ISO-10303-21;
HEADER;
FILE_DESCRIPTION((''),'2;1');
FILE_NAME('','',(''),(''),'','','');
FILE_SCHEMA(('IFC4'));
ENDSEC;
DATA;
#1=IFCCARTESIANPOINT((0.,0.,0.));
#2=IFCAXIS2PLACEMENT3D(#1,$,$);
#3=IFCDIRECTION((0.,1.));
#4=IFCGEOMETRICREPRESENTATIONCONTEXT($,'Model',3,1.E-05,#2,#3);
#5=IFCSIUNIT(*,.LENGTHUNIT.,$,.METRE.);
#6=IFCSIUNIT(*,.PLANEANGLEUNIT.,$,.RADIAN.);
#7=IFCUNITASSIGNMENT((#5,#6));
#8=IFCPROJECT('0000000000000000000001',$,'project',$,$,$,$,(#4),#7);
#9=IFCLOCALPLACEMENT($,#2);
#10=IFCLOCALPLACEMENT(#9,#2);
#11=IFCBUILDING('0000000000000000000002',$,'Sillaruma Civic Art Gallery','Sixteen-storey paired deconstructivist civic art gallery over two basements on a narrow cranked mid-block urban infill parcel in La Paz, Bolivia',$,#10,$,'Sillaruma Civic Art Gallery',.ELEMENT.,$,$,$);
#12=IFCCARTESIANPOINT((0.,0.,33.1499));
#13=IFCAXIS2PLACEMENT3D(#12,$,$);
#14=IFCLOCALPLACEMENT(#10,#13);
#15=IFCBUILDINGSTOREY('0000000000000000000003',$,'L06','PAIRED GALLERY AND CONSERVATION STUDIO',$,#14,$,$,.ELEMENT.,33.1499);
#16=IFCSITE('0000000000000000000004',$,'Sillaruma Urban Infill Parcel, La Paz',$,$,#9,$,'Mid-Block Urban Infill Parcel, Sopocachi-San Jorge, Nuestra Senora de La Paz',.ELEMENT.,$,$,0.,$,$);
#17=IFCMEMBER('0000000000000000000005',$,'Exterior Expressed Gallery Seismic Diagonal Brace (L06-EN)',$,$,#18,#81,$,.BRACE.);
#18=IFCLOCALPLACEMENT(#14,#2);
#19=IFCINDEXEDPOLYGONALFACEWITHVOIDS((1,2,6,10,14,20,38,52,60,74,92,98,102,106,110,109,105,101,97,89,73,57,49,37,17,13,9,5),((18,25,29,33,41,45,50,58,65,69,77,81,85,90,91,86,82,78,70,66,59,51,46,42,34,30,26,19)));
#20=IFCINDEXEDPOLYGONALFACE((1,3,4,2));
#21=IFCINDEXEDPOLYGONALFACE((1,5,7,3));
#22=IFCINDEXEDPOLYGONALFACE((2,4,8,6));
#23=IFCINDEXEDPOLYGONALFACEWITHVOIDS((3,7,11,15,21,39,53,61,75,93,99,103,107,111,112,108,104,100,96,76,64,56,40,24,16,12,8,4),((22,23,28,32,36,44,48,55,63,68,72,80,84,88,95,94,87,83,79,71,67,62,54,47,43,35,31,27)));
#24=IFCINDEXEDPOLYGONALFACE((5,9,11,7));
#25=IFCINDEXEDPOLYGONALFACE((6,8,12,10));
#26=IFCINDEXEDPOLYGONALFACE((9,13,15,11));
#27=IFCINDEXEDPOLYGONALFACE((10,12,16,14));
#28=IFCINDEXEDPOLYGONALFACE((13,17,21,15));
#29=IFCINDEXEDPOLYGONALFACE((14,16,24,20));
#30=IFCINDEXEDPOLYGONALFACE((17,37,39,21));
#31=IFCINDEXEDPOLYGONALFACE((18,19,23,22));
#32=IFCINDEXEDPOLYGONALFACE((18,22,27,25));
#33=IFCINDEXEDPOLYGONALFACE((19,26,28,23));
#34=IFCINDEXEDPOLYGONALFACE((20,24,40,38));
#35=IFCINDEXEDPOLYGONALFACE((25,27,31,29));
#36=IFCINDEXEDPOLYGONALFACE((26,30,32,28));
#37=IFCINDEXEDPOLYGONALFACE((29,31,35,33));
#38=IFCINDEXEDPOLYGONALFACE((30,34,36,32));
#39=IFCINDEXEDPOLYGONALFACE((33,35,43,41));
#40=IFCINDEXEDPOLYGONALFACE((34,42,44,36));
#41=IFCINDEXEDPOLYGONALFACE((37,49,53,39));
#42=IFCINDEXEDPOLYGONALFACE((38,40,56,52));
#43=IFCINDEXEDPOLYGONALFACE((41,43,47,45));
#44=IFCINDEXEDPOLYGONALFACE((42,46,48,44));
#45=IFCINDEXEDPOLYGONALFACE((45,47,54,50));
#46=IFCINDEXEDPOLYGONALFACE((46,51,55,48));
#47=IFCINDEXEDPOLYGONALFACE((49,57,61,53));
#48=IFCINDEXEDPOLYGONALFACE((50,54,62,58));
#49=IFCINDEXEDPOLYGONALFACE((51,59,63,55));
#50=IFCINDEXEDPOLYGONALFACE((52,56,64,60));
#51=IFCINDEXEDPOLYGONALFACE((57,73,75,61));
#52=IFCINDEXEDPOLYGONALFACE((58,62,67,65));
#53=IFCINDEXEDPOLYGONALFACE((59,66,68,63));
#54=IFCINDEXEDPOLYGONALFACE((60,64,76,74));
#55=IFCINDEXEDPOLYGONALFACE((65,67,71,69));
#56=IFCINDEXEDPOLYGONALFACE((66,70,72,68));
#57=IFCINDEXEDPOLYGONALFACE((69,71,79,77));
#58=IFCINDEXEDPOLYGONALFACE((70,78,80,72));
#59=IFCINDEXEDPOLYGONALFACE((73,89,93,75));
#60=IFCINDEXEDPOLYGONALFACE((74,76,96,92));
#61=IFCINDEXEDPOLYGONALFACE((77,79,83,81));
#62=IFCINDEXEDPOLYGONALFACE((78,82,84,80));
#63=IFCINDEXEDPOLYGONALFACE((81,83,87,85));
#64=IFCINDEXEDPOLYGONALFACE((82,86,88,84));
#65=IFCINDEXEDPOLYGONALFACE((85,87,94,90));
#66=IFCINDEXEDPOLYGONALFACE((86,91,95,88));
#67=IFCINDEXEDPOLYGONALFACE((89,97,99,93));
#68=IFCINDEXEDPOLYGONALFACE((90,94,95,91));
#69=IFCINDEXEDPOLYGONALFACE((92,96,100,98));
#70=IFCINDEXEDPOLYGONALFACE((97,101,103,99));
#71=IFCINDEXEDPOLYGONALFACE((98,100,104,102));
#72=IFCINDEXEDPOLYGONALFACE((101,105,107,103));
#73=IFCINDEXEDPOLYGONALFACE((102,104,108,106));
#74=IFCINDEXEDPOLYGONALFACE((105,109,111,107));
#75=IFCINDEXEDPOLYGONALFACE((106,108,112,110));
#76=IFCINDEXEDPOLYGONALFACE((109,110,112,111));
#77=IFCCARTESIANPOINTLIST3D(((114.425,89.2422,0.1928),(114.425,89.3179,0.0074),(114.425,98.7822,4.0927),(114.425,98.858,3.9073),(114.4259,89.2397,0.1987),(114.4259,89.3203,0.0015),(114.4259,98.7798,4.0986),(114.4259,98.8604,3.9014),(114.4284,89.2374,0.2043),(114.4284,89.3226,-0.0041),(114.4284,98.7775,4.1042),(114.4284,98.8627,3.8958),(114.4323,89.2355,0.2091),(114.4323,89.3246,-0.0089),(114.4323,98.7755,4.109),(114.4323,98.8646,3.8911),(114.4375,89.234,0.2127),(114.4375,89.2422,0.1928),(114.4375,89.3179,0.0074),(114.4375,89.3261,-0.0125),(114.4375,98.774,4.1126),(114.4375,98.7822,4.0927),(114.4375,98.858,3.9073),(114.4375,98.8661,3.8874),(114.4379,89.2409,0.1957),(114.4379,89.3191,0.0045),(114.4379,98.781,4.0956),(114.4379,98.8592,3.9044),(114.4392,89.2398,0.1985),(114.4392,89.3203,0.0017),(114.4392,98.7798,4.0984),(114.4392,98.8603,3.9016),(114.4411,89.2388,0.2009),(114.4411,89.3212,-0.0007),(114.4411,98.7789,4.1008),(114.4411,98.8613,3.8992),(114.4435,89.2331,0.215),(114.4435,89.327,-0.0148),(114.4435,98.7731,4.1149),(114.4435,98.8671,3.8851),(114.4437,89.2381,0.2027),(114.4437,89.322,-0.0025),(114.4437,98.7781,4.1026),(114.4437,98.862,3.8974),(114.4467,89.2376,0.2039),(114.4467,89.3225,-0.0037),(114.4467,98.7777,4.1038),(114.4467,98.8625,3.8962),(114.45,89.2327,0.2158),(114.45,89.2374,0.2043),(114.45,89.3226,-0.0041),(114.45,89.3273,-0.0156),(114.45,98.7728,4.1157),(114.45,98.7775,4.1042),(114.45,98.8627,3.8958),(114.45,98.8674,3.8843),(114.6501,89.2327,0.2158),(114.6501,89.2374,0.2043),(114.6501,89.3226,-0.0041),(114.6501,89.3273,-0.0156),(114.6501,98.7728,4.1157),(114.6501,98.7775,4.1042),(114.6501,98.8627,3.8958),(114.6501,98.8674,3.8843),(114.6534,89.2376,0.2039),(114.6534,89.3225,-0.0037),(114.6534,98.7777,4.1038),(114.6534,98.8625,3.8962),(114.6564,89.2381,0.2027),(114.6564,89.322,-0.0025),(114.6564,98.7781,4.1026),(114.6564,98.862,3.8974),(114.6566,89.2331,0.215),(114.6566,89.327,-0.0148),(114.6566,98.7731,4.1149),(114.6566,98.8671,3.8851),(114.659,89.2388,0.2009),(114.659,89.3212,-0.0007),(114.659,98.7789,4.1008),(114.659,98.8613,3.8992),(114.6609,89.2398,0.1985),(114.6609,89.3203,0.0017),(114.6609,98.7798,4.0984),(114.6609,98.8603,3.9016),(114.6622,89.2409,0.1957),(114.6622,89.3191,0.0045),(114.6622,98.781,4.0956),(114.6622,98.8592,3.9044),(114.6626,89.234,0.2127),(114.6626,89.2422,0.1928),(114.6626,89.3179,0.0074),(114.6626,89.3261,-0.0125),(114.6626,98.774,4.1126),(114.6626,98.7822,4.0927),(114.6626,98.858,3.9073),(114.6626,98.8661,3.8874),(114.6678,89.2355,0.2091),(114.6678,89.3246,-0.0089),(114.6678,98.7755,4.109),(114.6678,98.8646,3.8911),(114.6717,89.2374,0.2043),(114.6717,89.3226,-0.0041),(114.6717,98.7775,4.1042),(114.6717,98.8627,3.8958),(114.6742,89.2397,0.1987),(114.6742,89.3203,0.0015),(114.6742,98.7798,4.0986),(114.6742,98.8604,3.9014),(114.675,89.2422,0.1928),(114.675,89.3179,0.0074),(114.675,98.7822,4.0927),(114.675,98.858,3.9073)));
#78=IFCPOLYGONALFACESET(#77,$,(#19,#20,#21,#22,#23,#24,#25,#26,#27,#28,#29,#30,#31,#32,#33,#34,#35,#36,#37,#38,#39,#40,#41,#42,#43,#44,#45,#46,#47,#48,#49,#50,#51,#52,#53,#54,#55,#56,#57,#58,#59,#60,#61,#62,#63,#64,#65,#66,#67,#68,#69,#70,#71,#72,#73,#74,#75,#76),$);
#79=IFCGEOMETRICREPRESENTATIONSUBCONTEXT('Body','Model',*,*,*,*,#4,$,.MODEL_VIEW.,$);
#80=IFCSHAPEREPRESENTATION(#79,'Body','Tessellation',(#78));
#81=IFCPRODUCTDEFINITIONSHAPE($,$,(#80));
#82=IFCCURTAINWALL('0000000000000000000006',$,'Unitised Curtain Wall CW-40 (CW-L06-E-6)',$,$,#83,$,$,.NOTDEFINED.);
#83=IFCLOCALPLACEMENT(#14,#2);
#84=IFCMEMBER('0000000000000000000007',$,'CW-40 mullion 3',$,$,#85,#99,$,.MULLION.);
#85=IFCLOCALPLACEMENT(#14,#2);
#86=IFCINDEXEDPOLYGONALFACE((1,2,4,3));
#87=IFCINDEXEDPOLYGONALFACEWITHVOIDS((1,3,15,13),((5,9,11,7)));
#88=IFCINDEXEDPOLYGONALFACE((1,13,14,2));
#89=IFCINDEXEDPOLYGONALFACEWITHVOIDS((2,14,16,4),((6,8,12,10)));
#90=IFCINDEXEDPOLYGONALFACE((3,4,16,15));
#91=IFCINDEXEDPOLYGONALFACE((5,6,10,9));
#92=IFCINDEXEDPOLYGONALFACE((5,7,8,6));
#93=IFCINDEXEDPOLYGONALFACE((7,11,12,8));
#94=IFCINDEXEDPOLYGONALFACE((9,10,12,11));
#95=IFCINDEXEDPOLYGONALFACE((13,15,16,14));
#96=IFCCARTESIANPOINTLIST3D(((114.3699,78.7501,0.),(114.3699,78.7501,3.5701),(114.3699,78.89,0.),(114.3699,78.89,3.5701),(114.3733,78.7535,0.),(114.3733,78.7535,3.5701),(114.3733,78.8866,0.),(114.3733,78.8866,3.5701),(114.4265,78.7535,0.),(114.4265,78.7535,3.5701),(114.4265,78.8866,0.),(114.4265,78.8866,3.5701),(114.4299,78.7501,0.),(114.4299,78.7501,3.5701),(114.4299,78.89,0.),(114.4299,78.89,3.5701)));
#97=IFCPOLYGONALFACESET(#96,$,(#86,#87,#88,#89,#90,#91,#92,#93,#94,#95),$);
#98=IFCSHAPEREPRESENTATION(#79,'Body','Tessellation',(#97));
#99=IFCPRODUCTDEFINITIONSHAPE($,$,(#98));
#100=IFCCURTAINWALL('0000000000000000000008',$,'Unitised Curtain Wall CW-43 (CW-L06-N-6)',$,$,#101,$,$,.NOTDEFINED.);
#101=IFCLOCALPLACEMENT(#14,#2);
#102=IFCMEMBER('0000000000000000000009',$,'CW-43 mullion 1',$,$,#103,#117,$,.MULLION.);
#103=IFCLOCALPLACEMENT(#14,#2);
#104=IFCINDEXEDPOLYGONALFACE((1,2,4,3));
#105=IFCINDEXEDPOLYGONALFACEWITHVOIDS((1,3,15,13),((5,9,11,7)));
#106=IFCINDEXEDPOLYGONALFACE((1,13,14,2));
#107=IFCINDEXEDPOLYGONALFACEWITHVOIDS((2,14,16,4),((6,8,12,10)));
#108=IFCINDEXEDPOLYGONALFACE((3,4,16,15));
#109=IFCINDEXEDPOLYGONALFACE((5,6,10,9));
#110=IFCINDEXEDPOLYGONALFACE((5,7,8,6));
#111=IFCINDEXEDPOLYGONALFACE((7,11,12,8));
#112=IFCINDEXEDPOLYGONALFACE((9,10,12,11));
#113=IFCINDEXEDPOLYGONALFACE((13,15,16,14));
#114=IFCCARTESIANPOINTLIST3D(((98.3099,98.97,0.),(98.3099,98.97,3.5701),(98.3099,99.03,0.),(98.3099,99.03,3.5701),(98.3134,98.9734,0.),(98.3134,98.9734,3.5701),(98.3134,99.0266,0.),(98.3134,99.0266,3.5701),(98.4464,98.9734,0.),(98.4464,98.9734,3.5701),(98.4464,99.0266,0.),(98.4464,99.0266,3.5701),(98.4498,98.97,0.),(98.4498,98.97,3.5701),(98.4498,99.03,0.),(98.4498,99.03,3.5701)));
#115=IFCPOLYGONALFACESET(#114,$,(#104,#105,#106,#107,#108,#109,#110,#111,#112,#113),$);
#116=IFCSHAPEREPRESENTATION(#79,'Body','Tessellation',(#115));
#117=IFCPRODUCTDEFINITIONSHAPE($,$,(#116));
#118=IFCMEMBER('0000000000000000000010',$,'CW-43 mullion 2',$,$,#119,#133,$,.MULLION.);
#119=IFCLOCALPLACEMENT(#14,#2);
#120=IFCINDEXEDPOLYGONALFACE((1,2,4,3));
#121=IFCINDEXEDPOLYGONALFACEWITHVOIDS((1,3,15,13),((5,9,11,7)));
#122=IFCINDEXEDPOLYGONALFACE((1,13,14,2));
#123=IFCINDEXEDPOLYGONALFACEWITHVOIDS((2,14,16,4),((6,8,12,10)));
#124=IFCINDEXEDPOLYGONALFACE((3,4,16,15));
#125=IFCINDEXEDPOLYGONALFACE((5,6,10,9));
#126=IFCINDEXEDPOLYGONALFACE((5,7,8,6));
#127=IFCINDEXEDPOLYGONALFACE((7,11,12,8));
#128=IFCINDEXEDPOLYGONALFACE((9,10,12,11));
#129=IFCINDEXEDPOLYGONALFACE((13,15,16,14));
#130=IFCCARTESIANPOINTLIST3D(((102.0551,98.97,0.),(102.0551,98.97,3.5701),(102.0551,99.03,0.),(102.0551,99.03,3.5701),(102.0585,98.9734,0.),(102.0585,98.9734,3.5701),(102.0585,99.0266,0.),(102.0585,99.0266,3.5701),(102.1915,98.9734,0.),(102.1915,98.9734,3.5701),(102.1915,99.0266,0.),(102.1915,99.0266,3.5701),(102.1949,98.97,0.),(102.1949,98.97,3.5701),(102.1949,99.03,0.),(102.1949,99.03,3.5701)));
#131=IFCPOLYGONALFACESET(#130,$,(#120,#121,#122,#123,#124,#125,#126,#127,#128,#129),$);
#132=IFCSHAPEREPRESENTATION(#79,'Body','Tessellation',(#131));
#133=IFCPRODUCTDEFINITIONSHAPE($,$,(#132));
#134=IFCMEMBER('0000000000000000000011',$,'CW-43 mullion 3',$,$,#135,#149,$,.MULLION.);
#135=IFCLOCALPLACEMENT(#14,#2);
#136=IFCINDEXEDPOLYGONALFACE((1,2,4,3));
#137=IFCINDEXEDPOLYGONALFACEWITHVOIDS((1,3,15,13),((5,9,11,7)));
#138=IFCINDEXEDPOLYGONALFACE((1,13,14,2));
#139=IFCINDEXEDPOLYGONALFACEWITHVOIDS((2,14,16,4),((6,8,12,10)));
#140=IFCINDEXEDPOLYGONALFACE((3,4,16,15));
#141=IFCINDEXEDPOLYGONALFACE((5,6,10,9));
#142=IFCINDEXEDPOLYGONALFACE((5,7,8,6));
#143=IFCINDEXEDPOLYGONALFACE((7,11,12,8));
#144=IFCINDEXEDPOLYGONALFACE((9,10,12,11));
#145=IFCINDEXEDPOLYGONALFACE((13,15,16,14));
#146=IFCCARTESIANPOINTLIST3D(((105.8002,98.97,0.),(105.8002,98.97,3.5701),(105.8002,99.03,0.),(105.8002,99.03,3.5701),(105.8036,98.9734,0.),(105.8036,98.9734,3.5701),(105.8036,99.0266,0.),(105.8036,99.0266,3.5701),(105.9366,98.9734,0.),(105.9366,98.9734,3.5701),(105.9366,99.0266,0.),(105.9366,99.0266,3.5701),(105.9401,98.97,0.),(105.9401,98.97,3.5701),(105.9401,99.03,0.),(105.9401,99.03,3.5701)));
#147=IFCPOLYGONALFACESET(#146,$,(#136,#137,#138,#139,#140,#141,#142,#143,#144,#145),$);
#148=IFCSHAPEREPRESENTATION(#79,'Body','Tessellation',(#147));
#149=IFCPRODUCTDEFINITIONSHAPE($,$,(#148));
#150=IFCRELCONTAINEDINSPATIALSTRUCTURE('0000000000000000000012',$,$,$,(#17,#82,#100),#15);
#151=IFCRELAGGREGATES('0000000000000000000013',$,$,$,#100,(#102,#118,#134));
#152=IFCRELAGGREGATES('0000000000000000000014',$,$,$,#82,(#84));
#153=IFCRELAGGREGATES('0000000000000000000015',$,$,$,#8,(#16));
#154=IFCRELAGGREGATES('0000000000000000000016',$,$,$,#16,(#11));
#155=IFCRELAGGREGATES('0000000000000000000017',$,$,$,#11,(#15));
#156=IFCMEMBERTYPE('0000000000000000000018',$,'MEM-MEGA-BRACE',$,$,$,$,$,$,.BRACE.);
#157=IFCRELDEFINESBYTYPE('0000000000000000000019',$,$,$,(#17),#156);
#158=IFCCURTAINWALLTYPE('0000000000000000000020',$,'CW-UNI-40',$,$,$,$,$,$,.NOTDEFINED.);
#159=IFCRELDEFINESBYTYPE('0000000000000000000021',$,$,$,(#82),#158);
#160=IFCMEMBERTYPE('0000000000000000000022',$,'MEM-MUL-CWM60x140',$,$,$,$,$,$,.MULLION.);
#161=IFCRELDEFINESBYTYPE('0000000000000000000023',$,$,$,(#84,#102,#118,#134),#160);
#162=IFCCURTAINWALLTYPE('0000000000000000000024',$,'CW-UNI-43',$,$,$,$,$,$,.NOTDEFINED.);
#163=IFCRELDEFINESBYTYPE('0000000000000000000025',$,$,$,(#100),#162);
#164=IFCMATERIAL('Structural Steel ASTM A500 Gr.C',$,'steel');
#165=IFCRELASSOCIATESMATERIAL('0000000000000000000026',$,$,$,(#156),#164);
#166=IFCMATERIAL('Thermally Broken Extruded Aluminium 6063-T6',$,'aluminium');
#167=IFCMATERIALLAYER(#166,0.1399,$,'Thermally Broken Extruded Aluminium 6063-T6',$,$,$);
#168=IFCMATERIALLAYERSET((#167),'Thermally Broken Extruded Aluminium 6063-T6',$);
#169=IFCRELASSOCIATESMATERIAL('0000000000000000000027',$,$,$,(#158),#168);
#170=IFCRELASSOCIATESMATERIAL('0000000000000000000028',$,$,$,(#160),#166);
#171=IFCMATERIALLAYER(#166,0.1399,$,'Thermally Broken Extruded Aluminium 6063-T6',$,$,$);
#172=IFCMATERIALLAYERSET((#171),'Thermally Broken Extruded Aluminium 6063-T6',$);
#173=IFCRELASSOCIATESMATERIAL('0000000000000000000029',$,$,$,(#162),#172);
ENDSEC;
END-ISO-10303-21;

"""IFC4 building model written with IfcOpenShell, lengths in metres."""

from ifc_helpers import new_model, si_unit, direction, frame, origin, origin_2d, place, context, subcontext, project, spatial, hollow_rectangle, extrude, material, layer, layer_set, material_profile, profile_set, type_object, element, aggregate, save


model = new_model("IFC4")

# Units and contexts
model_context = context("Model", 3, precision=1e-05, world=origin(), true_north=direction((0.0, 1.0)))
body_context = subcontext(model_context, "Body", "Model", "MODEL_VIEW")
ifc_project = project(units=[si_unit("LENGTHUNIT", "METRE"), si_unit("PLANEANGLEUNIT", "RADIAN")], contexts=[model_context])

# Site, building, storey
site_placement = place(None, origin())
site = spatial("IfcSite", under=ifc_project, at=site_placement, Name="Sillaruma Urban Infill Parcel, La Paz", LongName="Mid-Block Urban Infill Parcel, Sopocachi-San Jorge, Nuestra Senora de La Paz", CompositionType="ELEMENT", RefElevation=0.0)
building_placement = place(site_placement, origin())
building = spatial("IfcBuilding", under=site, at=building_placement, Name="Sillaruma Civic Art Gallery", Description="Sixteen-storey paired deconstructivist civic art gallery over two basements on a narrow cranked mid-block urban infill parcel in La Paz, Bolivia", LongName="Sillaruma Civic Art Gallery", CompositionType="ELEMENT")
storey_placement = place(building_placement, frame((0.0, 0.0, 33.1499)))
storey = spatial("IfcBuildingStorey", under=building, at=storey_placement, Name="L06", Description="PAIRED GALLERY AND CONSERVATION STUDIO", CompositionType="ELEMENT", Elevation=33.1499)

# Member
ifc_material_1 = material(Name="Structural Steel ASTM A500 Gr.C", Category="steel")
ifc_material_profile_1 = material_profile(ifc_material_1, hollow_rectangle(XDim=0.25, YDim=0.25, WallThickness=0.0125, InnerFilletRadius=0.0125, OuterFilletRadius=0.0249, at=origin_2d()), Name="HSS250x250x12.5")
ifc_profile_set_1 = profile_set([ifc_material_profile_1], Name="Structural Steel ASTM A500 Gr.C")
member_type_1 = type_object("IfcMemberType", Name="MEM-MEGA-BRACE", PredefinedType="BRACE", material=ifc_profile_set_1)
member_1_placement = place(storey_placement, frame((114.55, 89.28, 0.1001), z_axis=(0.0, 0.925644, 0.378397), x_axis=(-1.0, 0.0, 0.0)))
element("IfcMember", 1, at=member_1_placement, inside=storey, type_object=member_type_1, Name="Exterior Expressed Gallery Seismic Diagonal Brace (L06-EN)", PredefinedType="BRACE", context=body_context, shape_type="SweptSolid", body=[
    extrude(hollow_rectangle(XDim=0.25, YDim=0.25, WallThickness=0.0125, InnerFilletRadius=0.0125, OuterFilletRadius=0.0249, at=origin_2d()), origin(), (0.0, 0.0, 1.0), 10.3064),
])

# Curtain wall, member
ifc_material_2 = material(Name="Thermally Broken Extruded Aluminium 6063-T6", Category="aluminium")
ifc_layer_1 = layer(ifc_material_2, 0.1399, Name="Thermally Broken Extruded Aluminium 6063-T6")
ifc_layer_set_1 = layer_set([ifc_layer_1], Name="Thermally Broken Extruded Aluminium 6063-T6")
curtain_wall_type_1 = type_object("IfcCurtainWallType", Name="CW-UNI-40", PredefinedType="NOTDEFINED", material=ifc_layer_set_1)
curtain_wall_1_placement = place(storey_placement, origin())
curtain_wall_1 = element("IfcCurtainWall", 2, at=curtain_wall_1_placement, inside=storey, type_object=curtain_wall_type_1, Name="Unitised Curtain Wall CW-40 (CW-L06-E-6)", PredefinedType="NOTDEFINED")
ifc_material_profile_2 = material_profile(ifc_material_2, hollow_rectangle(XDim=0.0601, YDim=0.1399, WallThickness=0.0034, at=origin_2d()), Name="CWM60x140")
ifc_profile_set_2 = profile_set([ifc_material_profile_2], Name="Thermally Broken Extruded Aluminium 6063-T6")
member_type_2 = type_object("IfcMemberType", Name="MEM-MUL-CWM60x140", PredefinedType="MULLION", material=ifc_profile_set_2)
member_2_placement = place(storey_placement, frame((114.3999, 78.8201, 0.0), z_axis=(0.0, 0.0, 1.0), x_axis=(-1.0, 0.0, 0.0)))
member_2 = element("IfcMember", 3, at=member_2_placement, type_object=member_type_2, Name="CW-40 mullion 3", PredefinedType="MULLION", context=body_context, shape_type="SweptSolid", body=[
    extrude(hollow_rectangle(XDim=0.0601, YDim=0.1399, WallThickness=0.0034, at=origin_2d()), origin(), (0.0, 0.0, 1.0), 3.5701),
])

# Curtain wall, members
ifc_layer_2 = layer(ifc_material_2, 0.1399, Name="Thermally Broken Extruded Aluminium 6063-T6")
ifc_layer_set_2 = layer_set([ifc_layer_2], Name="Thermally Broken Extruded Aluminium 6063-T6")
curtain_wall_type_2 = type_object("IfcCurtainWallType", Name="CW-UNI-43", PredefinedType="NOTDEFINED", material=ifc_layer_set_2)
curtain_wall_2_placement = place(storey_placement, origin())
curtain_wall_2 = element("IfcCurtainWall", 4, at=curtain_wall_2_placement, inside=storey, type_object=curtain_wall_type_2, Name="Unitised Curtain Wall CW-43 (CW-L06-N-6)", PredefinedType="NOTDEFINED")
member_3_placement = place(storey_placement, frame((98.3799, 99.0, 0.0), z_axis=(0.0, 0.0, 1.0), x_axis=(0.0, 1.0, 0.0)))
member_3 = element("IfcMember", 5, at=member_3_placement, type_object=member_type_2, Name="CW-43 mullion 1", PredefinedType="MULLION", context=body_context, shape_type="SweptSolid", body=[
    extrude(hollow_rectangle(XDim=0.0601, YDim=0.1399, WallThickness=0.0034, at=origin_2d()), origin(), (0.0, 0.0, 1.0), 3.5701),
])
member_4_placement = place(storey_placement, frame((102.125, 99.0, 0.0), z_axis=(0.0, 0.0, 1.0), x_axis=(0.0, 1.0, 0.0)))
member_4 = element("IfcMember", 6, at=member_4_placement, type_object=member_type_2, Name="CW-43 mullion 2", PredefinedType="MULLION", context=body_context, shape_type="SweptSolid", body=[
    extrude(hollow_rectangle(XDim=0.0601, YDim=0.1399, WallThickness=0.0034, at=origin_2d()), origin(), (0.0, 0.0, 1.0), 3.5701),
])
member_5_placement = place(storey_placement, frame((105.8701, 99.0, 0.0), z_axis=(0.0, 0.0, 1.0), x_axis=(0.0, 1.0, 0.0)))
member_5 = element("IfcMember", 7, at=member_5_placement, type_object=member_type_2, Name="CW-43 mullion 3", PredefinedType="MULLION", context=body_context, shape_type="SweptSolid", body=[
    extrude(hollow_rectangle(XDim=0.0601, YDim=0.1399, WallThickness=0.0034, at=origin_2d()), origin(), (0.0, 0.0, 1.0), 3.5701),
])

aggregate(curtain_wall_2, [member_3, member_4, member_5])
aggregate(curtain_wall_1, [member_2])

save(model, "model.ifc")
